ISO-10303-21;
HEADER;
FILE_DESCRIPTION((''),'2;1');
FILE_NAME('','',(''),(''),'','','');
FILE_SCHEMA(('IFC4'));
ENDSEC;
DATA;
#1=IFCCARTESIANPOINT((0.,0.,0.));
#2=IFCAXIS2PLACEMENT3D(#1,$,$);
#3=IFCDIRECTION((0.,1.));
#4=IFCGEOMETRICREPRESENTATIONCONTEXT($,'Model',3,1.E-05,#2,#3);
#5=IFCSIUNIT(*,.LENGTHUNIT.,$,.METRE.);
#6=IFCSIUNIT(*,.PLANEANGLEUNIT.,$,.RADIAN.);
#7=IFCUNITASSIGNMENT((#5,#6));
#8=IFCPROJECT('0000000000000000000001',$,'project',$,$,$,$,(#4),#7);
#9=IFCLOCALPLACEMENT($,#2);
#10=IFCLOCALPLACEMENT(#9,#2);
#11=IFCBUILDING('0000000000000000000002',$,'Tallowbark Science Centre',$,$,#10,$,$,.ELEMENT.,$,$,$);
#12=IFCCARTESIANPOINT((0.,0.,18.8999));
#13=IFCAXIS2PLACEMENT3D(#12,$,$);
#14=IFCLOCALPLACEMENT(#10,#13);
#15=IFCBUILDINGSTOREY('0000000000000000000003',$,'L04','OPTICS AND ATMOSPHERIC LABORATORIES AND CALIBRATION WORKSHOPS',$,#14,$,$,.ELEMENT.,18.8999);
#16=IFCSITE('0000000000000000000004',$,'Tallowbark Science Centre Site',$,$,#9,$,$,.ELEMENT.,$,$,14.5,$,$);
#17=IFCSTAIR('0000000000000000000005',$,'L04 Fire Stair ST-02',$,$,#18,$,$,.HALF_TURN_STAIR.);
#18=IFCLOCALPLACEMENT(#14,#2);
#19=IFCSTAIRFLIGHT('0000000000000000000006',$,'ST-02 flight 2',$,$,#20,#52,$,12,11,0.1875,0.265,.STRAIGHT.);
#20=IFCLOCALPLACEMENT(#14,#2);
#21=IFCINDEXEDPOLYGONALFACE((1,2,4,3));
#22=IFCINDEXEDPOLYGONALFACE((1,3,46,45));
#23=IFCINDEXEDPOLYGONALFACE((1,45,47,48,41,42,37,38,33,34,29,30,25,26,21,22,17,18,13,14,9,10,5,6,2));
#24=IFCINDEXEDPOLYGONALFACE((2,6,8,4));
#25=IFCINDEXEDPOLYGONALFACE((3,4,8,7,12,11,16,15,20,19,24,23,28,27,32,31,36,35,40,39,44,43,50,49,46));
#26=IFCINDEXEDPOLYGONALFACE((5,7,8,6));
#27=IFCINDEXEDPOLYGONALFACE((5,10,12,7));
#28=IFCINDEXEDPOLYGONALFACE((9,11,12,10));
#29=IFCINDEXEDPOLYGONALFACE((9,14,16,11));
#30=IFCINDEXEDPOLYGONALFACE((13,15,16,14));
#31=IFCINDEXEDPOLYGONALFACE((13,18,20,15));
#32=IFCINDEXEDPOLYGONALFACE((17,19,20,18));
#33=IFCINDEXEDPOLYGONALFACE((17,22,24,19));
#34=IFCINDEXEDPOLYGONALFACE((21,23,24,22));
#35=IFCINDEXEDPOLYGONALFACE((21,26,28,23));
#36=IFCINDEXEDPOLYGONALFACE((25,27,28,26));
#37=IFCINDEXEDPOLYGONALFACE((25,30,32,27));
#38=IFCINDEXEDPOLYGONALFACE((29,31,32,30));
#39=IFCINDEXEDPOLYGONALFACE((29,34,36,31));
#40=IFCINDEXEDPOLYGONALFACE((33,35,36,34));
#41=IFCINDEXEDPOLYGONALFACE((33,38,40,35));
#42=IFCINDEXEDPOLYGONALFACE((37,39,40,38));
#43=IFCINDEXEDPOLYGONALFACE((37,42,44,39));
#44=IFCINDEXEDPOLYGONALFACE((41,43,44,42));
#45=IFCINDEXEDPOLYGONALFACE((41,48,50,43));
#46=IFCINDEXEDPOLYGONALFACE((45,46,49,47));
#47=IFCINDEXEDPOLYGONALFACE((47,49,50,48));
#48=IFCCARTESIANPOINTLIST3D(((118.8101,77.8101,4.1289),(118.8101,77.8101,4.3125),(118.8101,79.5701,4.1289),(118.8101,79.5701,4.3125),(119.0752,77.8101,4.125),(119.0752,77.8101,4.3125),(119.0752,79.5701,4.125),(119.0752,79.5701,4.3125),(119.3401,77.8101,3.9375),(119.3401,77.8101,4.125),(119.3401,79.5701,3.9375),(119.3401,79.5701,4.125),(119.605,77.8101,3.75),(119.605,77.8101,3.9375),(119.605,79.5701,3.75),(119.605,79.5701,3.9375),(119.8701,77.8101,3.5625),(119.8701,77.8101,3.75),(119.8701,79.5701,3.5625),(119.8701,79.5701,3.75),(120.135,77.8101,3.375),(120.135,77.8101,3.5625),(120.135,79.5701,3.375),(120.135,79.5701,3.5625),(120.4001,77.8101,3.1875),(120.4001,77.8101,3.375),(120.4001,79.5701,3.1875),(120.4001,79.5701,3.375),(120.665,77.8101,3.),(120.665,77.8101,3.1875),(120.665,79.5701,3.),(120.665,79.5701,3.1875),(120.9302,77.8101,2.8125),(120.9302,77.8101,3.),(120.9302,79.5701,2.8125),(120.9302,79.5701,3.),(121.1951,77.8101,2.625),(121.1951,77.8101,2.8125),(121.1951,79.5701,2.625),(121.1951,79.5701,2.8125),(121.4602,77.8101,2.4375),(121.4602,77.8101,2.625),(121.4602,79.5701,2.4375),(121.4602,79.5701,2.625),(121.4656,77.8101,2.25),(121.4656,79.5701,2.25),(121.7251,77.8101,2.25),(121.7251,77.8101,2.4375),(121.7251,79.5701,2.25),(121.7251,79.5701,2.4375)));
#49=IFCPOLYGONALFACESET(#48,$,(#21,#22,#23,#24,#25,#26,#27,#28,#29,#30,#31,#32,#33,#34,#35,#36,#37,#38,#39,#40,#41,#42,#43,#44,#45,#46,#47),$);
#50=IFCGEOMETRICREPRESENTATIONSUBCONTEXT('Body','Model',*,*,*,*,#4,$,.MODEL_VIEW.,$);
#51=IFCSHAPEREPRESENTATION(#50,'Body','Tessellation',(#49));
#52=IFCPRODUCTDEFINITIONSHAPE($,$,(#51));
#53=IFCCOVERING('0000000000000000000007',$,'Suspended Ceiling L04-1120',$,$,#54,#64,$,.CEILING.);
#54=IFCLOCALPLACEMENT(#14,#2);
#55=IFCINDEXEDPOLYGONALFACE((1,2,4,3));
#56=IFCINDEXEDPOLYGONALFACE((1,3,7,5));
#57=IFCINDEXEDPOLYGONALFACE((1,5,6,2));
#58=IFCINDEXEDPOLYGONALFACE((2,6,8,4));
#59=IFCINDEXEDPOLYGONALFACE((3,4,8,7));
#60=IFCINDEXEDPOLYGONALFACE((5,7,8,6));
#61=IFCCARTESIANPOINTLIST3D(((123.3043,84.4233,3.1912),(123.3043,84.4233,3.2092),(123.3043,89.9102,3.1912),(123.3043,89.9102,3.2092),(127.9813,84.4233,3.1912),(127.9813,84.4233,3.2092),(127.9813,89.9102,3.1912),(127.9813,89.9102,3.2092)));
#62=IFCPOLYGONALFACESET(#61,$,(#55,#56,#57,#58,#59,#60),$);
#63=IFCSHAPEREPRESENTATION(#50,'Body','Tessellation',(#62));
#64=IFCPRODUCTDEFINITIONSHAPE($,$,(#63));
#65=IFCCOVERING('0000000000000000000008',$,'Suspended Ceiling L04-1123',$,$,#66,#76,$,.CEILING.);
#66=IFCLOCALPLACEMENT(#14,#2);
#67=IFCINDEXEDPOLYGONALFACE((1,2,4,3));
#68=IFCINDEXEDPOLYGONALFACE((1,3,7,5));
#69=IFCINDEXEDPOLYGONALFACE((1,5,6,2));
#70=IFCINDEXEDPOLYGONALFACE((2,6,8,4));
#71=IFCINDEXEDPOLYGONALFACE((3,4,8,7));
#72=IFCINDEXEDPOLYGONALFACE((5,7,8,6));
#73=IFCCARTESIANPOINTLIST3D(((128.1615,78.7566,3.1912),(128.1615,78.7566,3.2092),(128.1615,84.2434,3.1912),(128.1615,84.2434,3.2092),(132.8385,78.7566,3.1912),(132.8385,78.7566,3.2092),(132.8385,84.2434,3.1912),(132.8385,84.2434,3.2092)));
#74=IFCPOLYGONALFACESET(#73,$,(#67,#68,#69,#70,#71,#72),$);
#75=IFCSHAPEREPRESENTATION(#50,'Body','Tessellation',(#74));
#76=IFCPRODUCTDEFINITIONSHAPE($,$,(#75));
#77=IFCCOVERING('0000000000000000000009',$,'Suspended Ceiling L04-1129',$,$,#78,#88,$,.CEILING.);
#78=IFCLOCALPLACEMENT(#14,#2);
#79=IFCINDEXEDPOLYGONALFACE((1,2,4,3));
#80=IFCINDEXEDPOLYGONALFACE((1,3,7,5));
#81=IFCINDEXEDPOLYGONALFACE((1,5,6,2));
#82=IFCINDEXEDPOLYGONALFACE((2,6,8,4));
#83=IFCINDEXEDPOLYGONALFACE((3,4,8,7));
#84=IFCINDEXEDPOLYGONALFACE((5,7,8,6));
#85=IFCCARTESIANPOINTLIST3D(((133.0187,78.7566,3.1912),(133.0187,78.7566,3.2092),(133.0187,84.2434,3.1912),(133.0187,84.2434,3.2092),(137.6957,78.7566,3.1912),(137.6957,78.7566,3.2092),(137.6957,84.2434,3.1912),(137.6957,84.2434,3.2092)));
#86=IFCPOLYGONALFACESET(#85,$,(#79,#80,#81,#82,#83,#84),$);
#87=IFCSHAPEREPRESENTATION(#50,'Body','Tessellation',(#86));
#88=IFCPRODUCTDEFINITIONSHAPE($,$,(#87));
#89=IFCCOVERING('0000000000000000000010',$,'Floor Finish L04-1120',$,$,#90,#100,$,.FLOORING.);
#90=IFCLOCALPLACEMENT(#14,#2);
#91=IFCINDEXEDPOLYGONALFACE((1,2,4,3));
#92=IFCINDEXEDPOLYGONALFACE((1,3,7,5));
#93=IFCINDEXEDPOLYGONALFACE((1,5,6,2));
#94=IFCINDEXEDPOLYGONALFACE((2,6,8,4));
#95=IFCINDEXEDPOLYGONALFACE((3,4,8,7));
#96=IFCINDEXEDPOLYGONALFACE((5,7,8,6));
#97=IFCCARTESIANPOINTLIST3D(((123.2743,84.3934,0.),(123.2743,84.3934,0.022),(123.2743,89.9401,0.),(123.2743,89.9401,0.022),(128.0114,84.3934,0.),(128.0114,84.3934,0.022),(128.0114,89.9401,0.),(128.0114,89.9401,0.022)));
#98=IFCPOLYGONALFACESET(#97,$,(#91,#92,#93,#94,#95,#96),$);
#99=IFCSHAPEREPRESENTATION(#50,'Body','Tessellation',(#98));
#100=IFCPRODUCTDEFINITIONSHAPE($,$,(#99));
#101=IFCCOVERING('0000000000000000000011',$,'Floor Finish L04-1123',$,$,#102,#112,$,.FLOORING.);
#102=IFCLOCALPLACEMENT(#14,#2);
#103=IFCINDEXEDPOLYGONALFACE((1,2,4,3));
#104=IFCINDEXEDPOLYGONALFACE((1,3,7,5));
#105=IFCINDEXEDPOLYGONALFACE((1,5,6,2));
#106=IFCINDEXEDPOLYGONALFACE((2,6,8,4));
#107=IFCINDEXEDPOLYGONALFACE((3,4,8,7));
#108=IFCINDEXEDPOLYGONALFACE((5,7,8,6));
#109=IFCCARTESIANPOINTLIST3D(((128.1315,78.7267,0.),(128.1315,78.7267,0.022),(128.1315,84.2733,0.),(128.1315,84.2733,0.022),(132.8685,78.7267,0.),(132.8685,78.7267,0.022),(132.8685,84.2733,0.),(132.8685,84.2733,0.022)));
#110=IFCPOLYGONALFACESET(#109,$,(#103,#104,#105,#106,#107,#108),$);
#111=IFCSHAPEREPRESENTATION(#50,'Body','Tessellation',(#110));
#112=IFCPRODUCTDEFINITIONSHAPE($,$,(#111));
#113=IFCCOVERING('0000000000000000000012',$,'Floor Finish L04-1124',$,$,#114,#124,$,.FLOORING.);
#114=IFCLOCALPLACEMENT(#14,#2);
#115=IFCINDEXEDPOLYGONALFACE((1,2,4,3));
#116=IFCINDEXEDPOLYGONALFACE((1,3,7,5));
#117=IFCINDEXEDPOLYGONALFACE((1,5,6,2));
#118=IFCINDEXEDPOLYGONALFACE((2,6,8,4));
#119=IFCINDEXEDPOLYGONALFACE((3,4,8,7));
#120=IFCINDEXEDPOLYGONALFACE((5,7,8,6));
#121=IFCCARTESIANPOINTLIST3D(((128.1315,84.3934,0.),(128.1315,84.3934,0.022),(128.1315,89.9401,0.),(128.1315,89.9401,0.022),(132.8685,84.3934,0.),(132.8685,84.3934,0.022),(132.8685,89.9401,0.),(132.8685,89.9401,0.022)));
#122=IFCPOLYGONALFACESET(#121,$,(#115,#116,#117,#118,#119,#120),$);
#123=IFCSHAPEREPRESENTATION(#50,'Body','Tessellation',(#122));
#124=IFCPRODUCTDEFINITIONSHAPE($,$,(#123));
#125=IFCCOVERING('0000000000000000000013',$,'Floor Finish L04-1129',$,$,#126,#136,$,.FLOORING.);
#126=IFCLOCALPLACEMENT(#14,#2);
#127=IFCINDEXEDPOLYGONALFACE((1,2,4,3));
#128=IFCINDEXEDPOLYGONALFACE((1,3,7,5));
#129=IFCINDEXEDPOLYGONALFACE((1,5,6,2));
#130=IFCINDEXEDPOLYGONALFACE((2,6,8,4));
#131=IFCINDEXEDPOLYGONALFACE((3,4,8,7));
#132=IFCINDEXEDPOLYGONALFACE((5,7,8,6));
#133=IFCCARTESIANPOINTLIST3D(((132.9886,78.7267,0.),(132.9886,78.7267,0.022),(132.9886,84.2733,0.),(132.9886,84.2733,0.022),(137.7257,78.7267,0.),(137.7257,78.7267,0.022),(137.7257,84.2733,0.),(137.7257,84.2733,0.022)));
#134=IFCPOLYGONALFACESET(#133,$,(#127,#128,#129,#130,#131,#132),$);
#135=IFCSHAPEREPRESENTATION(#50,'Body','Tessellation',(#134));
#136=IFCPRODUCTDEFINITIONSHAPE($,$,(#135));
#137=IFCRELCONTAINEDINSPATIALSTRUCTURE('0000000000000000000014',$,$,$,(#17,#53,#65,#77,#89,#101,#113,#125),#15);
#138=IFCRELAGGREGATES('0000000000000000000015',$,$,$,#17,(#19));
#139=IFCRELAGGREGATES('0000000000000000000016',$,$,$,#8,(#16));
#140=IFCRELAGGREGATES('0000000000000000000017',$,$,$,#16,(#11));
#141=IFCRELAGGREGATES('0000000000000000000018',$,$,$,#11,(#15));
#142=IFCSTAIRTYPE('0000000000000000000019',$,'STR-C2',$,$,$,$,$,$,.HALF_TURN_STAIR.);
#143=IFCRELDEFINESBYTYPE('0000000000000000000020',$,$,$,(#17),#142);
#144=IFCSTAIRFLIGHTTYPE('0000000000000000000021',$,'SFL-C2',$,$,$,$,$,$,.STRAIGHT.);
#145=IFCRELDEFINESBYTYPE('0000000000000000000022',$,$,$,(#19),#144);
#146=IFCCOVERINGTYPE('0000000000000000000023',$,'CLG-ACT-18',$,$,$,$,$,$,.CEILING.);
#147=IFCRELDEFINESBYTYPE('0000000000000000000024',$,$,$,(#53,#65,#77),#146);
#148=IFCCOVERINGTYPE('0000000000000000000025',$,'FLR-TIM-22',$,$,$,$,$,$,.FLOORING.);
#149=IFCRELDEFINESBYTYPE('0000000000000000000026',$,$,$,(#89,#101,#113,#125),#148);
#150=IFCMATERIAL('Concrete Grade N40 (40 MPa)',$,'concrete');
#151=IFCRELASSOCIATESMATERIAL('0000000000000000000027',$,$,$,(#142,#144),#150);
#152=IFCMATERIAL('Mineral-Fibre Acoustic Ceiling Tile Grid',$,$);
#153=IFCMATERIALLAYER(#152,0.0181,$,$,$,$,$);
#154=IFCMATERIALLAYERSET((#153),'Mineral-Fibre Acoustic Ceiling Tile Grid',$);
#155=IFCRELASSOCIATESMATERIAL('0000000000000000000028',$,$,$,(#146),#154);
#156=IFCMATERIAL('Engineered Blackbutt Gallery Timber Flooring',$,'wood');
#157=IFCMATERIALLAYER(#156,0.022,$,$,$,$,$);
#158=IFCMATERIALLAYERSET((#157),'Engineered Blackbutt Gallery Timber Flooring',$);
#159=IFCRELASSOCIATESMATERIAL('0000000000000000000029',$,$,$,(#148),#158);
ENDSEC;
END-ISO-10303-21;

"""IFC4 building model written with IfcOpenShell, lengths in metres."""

from ifc_helpers import new_model, si_unit, direction, frame, origin, origin_2d, place, context, subcontext, project, spatial, polyline, rectangle, outline, extrude, material, layer, layer_set, type_object, element, aggregate, save


model = new_model("IFC4")

# Units and contexts
model_context = context("Model", 3, precision=1e-05, world=origin(), true_north=direction((0.0, 1.0)))
body_context = subcontext(model_context, "Body", "Model", "MODEL_VIEW")
ifc_project = project(units=[si_unit("LENGTHUNIT", "METRE"), si_unit("PLANEANGLEUNIT", "RADIAN")], contexts=[model_context])

# Site, building, storey
site_placement = place(None, origin())
site = spatial("IfcSite", under=ifc_project, at=site_placement, Name="Tallowbark Science Centre Site", CompositionType="ELEMENT", RefElevation=14.5)
building_placement = place(site_placement, origin())
building = spatial("IfcBuilding", under=site, at=building_placement, Name="Tallowbark Science Centre", CompositionType="ELEMENT")
storey_placement = place(building_placement, frame((0.0, 0.0, 18.8999)))
storey = spatial("IfcBuildingStorey", under=building, at=storey_placement, Name="L04", Description="OPTICS AND ATMOSPHERIC LABORATORIES AND CALIBRATION WORKSHOPS", CompositionType="ELEMENT", Elevation=18.8999)

# Stair, stair flight
ifc_material_1 = material(Name="Concrete Grade N40 (40 MPa)", Category="concrete")
stair_type = type_object("IfcStairType", Name="STR-C2", PredefinedType="HALF_TURN_STAIR", material=ifc_material_1)
stair_placement = place(storey_placement, origin())
stair = element("IfcStair", 1, at=stair_placement, inside=storey, type_object=stair_type, Name="L04 Fire Stair ST-02", PredefinedType="HALF_TURN_STAIR")
stair_flight_type = type_object("IfcStairFlightType", Name="SFL-C2", PredefinedType="STRAIGHT", material=ifc_material_1)
stair_flight_placement = place(storey_placement, frame((121.7251, 78.6899, 2.25), z_axis=(0.0, 0.0, 1.0), x_axis=(-1.0, 0.0, 0.0)))
stair_flight = element("IfcStairFlight", 2, at=stair_flight_placement, type_object=stair_flight_type, Name="ST-02 flight 2", NumberOfRisers=12, NumberOfTreads=11, PredefinedType="STRAIGHT", RiserHeight=0.1875, TreadLength=0.265, context=body_context, shape_type="SweptSolid", body=[
    extrude(outline(polyline([(0.0, 0.0), (0.0, 0.1875), (0.2649, 0.1875), (0.2649, 0.375), (0.53, 0.375), (0.53, 0.5625), (0.7949, 0.5625), (0.7949, 0.75), (1.0601, 0.75), (1.0601, 0.9375), (1.325, 0.9375), (1.325, 1.125), (1.5901, 1.125), (1.5901, 1.3125), (1.855, 1.3125), (1.855, 1.5), (2.1201, 1.5), (2.1201, 1.6875), (2.385, 1.6875), (2.385, 1.875), (2.6499, 1.875), (2.6499, 2.0625), (2.915, 2.0625), (2.915, 2.25), (2.915, 1.8789), (0.2595, 0.0), (0.0, 0.0)])), frame((0.0, 0.8799, 0.0), z_axis=(0.0, -1.0, 0.0), x_axis=(1.0, 0.0, 0.0)), (0.0, 0.0, 1.0), 1.76),
])
aggregate(stair, [stair_flight])

# Coverings
ifc_material_2 = material(Name="Mineral-Fibre Acoustic Ceiling Tile Grid")
ifc_layer_1 = layer(ifc_material_2, 0.0181)
ifc_layer_set_1 = layer_set([ifc_layer_1], Name="Mineral-Fibre Acoustic Ceiling Tile Grid")
covering_type_1 = type_object("IfcCoveringType", Name="CLG-ACT-18", PredefinedType="CEILING", material=ifc_layer_set_1)
for number, where, z_axis, x_axis, name in (
    (3, (125.6428, 87.1667, 3.1912), (0.0, 0.0, 1.0), (1.0, 0.0, 0.0), "Suspended Ceiling L04-1120"),
    (4, (130.5, 81.5, 3.1912), (0.0, 0.0, 1.0), (1.0, 0.0, 0.0), "Suspended Ceiling L04-1123"),
    (5, (135.3572, 81.5, 3.1912), (0.0, 0.0, 1.0), (1.0, 0.0, 0.0), "Suspended Ceiling L04-1129"),
):
    element("IfcCovering", number, at=place(storey_placement, frame(where, z_axis=z_axis, x_axis=x_axis)), inside=storey, type_object=covering_type_1, Name=name, PredefinedType="CEILING", context=body_context, shape_type="SweptSolid", body=[
        extrude(rectangle(XDim=4.677, YDim=5.4868, at=origin_2d()), origin(), (0.0, 0.0, 1.0), 0.0181),
    ])
ifc_material_3 = material(Name="Engineered Blackbutt Gallery Timber Flooring", Category="wood")
ifc_layer_2 = layer(ifc_material_3, 0.022)
ifc_layer_set_2 = layer_set([ifc_layer_2], Name="Engineered Blackbutt Gallery Timber Flooring")
covering_type_2 = type_object("IfcCoveringType", Name="FLR-TIM-22", PredefinedType="FLOORING", material=ifc_layer_set_2)
for number, where, z_axis, x_axis, name in (
    (6, (125.6428, 87.1667, 0.0), (0.0, 0.0, 1.0), (1.0, 0.0, 0.0), "Floor Finish L04-1120"),
    (7, (130.5, 81.5, 0.0), (0.0, 0.0, 1.0), (1.0, 0.0, 0.0), "Floor Finish L04-1123"),
    (8, (130.5, 87.1667, 0.0), (0.0, 0.0, 1.0), (1.0, 0.0, 0.0), "Floor Finish L04-1124"),
    (9, (135.3572, 81.5, 0.0), (0.0, 0.0, 1.0), (1.0, 0.0, 0.0), "Floor Finish L04-1129"),
):
    element("IfcCovering", number, at=place(storey_placement, frame(where, z_axis=z_axis, x_axis=x_axis)), inside=storey, type_object=covering_type_2, Name=name, PredefinedType="FLOORING", context=body_context, shape_type="SweptSolid", body=[
        extrude(rectangle(XDim=4.7371, YDim=5.5466, at=origin_2d()), origin(), (0.0, 0.0, 1.0), 0.022),
    ])

save(model, "model.ifc")
